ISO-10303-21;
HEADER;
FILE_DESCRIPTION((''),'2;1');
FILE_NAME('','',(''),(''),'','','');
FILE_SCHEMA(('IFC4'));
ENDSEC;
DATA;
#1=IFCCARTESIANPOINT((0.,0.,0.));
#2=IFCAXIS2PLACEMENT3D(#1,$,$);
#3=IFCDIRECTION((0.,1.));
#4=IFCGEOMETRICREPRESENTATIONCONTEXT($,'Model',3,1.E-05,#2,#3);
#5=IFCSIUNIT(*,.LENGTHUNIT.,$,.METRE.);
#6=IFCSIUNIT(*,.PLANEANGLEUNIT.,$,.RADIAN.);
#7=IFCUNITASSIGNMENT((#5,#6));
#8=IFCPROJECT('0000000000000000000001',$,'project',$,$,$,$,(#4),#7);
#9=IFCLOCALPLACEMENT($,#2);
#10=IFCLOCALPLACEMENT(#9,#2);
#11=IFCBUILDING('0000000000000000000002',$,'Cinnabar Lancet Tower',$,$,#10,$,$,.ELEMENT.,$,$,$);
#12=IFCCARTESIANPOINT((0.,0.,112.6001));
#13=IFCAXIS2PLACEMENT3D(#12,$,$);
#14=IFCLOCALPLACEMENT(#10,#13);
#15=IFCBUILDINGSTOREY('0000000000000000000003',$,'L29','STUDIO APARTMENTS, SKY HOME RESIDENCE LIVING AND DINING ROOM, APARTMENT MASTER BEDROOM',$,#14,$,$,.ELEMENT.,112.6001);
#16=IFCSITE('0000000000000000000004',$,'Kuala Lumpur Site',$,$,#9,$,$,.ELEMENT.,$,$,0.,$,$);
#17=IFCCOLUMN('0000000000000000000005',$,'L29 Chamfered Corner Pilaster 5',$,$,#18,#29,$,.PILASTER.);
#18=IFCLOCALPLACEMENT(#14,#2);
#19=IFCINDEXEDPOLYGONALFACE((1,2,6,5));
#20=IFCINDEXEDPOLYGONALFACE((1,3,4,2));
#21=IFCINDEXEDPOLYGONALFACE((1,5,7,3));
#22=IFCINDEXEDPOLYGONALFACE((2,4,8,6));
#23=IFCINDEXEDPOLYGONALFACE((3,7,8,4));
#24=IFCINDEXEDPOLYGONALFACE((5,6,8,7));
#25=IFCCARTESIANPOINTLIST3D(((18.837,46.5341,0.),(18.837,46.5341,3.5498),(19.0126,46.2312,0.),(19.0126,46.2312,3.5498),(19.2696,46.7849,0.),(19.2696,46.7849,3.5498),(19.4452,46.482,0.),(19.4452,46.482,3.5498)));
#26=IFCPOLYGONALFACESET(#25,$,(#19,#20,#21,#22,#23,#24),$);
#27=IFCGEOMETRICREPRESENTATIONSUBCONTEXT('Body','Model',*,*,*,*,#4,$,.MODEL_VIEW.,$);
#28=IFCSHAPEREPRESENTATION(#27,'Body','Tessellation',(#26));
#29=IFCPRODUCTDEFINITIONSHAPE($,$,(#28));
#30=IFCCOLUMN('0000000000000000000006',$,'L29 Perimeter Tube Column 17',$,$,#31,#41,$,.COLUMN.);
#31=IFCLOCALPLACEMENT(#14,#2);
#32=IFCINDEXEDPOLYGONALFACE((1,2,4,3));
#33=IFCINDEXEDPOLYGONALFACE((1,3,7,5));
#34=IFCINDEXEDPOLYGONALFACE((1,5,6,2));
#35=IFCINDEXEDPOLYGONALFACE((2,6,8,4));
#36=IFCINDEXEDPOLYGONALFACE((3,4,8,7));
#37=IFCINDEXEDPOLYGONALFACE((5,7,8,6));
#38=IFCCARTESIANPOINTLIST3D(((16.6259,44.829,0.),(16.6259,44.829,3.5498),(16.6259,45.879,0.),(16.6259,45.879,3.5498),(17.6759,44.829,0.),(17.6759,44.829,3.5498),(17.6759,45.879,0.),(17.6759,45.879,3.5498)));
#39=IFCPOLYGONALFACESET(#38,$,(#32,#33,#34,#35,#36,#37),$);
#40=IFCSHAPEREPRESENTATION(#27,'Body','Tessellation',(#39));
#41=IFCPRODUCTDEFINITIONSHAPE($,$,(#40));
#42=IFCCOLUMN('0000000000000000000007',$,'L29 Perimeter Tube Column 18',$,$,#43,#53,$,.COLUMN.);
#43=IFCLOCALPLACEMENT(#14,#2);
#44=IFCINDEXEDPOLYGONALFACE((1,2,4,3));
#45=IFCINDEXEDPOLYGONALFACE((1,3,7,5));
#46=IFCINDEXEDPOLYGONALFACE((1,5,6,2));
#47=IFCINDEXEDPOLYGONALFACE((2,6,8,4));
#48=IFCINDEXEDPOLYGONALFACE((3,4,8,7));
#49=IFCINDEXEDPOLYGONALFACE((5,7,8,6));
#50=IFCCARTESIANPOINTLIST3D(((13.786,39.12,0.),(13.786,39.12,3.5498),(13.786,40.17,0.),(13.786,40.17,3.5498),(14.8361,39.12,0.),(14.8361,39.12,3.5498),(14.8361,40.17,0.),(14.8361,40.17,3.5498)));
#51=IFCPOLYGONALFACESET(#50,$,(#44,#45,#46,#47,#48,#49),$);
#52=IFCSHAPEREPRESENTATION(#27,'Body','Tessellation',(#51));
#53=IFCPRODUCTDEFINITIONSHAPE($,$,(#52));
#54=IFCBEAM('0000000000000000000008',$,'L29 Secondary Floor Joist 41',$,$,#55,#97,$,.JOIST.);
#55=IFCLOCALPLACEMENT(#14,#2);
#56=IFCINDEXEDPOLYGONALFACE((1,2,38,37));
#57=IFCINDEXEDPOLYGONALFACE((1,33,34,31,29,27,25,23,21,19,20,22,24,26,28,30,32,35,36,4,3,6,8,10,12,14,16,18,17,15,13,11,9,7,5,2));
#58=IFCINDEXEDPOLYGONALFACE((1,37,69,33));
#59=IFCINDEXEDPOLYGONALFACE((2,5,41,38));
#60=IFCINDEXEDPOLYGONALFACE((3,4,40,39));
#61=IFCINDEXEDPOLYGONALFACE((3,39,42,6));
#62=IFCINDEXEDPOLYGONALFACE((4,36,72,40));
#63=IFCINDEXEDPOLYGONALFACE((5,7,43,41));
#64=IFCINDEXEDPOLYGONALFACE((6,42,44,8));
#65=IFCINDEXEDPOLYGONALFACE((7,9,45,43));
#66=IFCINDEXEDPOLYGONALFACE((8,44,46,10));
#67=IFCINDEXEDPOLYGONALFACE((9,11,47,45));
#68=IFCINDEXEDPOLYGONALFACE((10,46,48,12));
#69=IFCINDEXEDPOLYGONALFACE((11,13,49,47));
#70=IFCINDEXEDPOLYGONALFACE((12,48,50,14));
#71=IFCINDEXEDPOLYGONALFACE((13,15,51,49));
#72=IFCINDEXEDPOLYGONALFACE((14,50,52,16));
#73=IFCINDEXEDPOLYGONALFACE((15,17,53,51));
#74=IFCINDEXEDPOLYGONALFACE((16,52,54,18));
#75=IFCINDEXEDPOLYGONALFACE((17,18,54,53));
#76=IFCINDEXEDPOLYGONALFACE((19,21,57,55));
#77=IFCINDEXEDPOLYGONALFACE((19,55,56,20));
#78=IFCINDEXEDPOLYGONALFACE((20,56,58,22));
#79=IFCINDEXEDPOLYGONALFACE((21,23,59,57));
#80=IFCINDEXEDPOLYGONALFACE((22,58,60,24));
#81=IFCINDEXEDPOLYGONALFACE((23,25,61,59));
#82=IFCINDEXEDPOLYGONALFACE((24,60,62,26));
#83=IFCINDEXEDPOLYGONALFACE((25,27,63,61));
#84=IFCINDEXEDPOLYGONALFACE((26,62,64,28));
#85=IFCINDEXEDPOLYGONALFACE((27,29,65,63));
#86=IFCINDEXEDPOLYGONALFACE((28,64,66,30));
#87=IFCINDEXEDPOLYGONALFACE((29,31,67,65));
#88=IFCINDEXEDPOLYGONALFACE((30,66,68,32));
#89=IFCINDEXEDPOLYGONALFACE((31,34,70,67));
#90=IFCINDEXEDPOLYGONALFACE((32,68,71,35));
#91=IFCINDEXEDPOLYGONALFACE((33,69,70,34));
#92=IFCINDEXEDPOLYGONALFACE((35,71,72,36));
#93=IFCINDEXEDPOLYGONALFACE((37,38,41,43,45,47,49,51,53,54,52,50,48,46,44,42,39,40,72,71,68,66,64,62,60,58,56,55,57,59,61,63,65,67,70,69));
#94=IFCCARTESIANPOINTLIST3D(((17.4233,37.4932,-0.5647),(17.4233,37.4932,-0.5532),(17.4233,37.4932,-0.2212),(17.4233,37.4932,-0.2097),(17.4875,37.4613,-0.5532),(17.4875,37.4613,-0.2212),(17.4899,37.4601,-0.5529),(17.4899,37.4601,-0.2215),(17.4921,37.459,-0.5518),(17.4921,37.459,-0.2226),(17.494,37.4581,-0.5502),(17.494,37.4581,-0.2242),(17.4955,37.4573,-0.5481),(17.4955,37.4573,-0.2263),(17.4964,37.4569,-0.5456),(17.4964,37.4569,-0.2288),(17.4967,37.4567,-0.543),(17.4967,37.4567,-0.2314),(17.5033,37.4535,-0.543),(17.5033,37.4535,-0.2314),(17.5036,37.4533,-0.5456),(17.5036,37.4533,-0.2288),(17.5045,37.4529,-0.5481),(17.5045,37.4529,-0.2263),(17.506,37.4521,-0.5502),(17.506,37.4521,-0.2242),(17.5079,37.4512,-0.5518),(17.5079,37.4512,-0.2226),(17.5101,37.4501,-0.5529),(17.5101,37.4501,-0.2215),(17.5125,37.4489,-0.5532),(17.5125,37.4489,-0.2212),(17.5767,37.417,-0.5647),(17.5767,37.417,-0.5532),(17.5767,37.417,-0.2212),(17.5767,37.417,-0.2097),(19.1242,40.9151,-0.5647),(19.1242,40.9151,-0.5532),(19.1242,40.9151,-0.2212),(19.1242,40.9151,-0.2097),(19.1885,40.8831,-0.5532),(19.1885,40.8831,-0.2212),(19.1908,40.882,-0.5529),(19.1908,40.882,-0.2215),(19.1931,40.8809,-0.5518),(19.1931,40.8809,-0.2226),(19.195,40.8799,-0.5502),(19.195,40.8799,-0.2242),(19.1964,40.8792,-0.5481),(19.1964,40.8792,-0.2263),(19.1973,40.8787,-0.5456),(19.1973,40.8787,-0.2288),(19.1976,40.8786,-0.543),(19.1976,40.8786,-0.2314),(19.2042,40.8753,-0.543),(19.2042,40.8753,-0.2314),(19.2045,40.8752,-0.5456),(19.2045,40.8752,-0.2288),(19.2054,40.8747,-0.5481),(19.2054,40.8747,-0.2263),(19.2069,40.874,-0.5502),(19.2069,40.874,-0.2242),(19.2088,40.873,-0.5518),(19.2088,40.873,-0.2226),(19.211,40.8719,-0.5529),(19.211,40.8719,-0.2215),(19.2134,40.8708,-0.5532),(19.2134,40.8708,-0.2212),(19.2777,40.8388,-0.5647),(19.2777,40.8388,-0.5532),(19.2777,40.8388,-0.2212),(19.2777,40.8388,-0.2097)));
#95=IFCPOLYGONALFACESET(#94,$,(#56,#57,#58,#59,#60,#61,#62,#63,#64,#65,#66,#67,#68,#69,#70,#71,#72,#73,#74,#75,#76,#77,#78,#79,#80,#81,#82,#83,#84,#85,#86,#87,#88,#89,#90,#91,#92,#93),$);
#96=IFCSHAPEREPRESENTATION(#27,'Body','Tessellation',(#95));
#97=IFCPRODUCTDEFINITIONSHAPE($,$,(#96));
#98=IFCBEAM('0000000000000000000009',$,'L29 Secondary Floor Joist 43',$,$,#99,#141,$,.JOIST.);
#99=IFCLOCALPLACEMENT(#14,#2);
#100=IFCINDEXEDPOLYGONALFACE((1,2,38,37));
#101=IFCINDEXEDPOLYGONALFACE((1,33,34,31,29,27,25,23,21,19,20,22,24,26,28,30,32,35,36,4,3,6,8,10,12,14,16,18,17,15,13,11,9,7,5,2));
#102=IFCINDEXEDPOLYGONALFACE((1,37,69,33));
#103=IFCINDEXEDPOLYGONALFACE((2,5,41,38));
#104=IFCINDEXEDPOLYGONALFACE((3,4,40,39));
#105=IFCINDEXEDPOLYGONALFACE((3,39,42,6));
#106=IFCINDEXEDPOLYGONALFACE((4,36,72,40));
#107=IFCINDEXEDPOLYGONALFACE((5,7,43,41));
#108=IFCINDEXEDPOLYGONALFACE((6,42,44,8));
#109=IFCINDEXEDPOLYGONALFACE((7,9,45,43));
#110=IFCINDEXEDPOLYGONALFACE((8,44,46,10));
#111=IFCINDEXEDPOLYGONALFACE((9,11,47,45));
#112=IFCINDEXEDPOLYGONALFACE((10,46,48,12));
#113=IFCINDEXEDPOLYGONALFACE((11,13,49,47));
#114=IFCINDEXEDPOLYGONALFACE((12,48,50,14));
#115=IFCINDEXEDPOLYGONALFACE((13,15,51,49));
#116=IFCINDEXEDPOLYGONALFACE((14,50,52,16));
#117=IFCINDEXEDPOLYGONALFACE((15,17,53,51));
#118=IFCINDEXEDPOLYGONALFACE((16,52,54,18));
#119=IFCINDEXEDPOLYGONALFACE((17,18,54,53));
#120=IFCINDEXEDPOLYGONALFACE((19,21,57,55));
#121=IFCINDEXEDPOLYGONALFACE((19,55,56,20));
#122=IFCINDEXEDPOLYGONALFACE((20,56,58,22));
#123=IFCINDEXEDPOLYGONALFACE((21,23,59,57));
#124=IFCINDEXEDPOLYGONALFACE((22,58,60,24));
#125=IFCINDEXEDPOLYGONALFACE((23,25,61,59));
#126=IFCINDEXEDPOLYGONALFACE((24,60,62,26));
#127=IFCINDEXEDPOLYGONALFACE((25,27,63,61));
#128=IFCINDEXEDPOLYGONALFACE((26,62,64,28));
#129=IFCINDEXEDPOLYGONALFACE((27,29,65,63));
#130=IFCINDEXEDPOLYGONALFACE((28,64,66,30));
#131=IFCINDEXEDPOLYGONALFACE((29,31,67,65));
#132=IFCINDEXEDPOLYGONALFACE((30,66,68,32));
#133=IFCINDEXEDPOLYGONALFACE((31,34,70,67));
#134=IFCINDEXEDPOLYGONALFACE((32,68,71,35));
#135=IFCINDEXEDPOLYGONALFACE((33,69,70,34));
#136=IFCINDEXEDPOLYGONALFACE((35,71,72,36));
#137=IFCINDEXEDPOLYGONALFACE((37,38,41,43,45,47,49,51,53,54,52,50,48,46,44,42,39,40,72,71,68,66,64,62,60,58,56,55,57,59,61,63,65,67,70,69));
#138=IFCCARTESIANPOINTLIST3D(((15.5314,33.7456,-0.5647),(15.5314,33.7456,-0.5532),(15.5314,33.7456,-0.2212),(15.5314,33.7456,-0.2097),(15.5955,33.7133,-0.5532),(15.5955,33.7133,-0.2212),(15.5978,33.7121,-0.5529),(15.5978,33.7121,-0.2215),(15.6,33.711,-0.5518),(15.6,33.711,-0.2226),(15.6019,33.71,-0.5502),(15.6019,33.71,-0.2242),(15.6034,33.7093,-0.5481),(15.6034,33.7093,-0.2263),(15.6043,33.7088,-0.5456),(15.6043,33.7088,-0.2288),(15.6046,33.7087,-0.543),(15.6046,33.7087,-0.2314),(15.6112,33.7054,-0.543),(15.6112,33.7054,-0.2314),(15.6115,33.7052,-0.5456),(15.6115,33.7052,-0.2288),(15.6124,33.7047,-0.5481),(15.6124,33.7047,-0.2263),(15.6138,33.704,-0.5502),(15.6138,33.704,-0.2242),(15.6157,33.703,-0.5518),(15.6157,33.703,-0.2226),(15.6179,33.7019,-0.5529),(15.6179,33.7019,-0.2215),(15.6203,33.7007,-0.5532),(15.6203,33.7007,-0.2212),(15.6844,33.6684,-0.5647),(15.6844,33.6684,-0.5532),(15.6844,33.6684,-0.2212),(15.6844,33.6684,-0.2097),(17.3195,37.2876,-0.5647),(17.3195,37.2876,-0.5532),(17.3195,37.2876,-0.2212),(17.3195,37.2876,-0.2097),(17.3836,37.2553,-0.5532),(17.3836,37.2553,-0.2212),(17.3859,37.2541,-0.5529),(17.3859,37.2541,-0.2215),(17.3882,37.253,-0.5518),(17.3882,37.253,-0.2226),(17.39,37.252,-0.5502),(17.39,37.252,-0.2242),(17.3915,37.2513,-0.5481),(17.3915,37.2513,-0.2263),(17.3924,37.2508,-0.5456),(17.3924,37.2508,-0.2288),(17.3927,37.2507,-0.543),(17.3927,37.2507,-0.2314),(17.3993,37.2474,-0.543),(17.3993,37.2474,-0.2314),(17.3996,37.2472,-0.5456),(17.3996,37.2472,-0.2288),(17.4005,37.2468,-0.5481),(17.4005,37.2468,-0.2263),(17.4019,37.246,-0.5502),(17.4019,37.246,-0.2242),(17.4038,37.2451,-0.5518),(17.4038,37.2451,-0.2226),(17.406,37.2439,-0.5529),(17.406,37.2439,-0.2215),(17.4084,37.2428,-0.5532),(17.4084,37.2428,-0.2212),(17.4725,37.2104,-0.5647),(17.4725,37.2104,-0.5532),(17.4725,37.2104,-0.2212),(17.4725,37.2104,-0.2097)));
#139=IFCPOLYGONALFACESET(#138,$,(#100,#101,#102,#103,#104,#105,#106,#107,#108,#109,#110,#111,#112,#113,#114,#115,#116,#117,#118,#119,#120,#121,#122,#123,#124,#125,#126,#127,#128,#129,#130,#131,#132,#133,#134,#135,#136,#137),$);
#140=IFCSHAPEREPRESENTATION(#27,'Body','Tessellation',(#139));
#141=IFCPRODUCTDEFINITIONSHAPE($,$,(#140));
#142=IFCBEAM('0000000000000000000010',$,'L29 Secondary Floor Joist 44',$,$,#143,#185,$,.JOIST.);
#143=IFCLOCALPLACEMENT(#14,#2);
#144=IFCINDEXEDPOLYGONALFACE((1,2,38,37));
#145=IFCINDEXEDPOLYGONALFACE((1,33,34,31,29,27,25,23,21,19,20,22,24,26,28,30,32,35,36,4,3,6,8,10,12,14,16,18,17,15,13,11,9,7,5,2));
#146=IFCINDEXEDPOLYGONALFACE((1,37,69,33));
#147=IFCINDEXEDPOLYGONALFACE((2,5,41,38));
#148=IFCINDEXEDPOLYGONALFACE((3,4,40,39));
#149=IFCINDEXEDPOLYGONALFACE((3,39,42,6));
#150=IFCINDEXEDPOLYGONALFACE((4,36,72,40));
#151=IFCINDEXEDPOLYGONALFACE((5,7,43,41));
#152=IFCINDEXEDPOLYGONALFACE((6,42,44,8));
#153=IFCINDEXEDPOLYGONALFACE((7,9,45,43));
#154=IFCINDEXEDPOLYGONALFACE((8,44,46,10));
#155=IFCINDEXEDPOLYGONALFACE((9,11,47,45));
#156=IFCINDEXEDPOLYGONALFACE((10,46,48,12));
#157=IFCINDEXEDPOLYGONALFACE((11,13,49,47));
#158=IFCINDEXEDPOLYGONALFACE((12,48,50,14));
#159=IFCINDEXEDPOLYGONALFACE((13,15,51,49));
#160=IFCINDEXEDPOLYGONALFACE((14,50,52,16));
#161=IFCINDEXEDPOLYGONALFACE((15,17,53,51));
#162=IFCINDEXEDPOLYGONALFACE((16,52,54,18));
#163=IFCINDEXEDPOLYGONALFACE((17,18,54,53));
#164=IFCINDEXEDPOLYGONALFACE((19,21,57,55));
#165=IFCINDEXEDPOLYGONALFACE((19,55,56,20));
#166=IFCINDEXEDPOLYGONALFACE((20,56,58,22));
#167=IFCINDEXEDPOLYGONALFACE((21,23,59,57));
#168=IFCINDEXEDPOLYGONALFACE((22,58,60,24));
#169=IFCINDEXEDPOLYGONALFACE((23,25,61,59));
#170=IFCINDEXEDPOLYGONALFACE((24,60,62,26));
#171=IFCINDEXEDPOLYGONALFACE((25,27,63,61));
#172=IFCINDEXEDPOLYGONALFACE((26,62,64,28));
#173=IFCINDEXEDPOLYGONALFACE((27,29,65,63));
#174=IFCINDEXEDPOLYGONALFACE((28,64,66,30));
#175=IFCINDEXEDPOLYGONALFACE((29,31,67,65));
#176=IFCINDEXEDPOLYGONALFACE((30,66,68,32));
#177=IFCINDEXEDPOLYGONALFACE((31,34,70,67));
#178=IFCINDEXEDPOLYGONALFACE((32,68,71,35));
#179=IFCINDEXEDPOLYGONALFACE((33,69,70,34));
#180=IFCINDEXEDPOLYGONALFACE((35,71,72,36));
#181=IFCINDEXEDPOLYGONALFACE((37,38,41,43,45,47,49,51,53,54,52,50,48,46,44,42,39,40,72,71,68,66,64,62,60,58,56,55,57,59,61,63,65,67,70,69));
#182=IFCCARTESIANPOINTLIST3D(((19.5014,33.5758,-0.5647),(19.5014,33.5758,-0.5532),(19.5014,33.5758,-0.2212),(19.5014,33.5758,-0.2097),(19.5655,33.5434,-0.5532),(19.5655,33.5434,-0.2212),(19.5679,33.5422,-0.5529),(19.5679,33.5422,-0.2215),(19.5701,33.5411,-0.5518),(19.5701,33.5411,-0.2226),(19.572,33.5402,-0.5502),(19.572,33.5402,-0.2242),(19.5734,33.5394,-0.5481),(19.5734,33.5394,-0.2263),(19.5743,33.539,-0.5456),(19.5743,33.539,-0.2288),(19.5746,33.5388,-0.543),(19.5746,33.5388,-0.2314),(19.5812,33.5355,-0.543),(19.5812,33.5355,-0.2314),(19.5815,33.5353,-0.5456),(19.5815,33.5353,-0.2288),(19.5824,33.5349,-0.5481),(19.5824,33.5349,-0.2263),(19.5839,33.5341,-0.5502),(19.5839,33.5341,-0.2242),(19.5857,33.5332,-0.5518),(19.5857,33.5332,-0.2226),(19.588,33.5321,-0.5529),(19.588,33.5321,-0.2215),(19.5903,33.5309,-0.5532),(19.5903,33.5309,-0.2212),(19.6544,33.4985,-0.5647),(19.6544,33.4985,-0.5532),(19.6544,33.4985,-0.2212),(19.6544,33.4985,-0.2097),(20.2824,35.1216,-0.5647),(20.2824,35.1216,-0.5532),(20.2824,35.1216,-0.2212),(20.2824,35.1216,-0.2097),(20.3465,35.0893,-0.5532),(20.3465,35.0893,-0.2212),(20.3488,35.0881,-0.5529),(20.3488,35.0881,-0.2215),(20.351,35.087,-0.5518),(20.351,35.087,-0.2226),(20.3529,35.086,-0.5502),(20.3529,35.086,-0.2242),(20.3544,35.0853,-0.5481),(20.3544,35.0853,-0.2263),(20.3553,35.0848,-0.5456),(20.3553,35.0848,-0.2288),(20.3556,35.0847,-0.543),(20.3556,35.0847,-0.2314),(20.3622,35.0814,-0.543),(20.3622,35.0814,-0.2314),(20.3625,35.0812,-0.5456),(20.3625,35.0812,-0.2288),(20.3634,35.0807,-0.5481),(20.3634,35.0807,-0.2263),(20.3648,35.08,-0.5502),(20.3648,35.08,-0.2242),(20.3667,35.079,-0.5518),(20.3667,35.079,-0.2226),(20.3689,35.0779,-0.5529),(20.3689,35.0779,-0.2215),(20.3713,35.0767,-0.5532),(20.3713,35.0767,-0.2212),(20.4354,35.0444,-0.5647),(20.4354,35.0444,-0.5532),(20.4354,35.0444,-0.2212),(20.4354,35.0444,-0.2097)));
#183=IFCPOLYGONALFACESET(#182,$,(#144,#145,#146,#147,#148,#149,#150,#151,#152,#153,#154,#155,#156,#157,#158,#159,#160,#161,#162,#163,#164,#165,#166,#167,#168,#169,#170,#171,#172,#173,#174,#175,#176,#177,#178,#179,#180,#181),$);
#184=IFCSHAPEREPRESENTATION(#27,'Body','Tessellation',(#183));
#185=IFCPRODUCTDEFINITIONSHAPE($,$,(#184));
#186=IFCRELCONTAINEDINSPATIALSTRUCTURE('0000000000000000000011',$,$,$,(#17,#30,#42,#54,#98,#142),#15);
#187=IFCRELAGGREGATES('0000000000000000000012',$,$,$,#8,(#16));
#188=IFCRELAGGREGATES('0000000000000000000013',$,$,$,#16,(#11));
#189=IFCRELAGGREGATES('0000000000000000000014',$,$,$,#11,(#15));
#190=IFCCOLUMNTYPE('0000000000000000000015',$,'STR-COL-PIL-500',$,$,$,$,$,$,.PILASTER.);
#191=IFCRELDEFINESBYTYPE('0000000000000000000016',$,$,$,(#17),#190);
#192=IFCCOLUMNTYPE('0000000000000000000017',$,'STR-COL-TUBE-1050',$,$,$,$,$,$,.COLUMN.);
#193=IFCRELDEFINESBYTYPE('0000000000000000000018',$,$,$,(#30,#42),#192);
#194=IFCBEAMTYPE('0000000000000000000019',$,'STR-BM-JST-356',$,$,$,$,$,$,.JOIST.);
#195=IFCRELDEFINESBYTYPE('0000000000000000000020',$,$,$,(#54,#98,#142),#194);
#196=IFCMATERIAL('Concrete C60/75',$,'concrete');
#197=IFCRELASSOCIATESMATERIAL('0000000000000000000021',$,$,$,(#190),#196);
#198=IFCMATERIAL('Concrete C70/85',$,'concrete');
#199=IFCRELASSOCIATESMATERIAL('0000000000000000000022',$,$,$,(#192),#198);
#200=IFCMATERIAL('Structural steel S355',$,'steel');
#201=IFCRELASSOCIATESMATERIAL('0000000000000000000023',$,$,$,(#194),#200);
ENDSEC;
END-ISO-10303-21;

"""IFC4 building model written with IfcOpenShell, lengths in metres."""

from ifc_helpers import new_model, si_unit, direction, frame, origin, origin_2d, place, context, subcontext, project, spatial, rectangle, i_section, extrude, material, material_profile, profile_set, type_object, element, save


model = new_model("IFC4")

# Units and contexts
model_context = context("Model", 3, precision=1e-05, world=origin(), true_north=direction((0.0, 1.0)))
body_context = subcontext(model_context, "Body", "Model", "MODEL_VIEW")
ifc_project = project(units=[si_unit("LENGTHUNIT", "METRE"), si_unit("PLANEANGLEUNIT", "RADIAN")], contexts=[model_context])

# Site, building, storey
site_placement = place(None, origin())
site = spatial("IfcSite", under=ifc_project, at=site_placement, Name="Kuala Lumpur Site", CompositionType="ELEMENT", RefElevation=0.0)
building_placement = place(site_placement, origin())
building = spatial("IfcBuilding", under=site, at=building_placement, Name="Cinnabar Lancet Tower", CompositionType="ELEMENT")
storey_placement = place(building_placement, frame((0.0, 0.0, 112.6001)))
storey = spatial("IfcBuildingStorey", under=building, at=storey_placement, Name="L29", Description="STUDIO APARTMENTS, SKY HOME RESIDENCE LIVING AND DINING ROOM, APARTMENT MASTER BEDROOM", CompositionType="ELEMENT", Elevation=112.6001)

# Columns
ifc_material_1 = material(Name="Concrete C60/75", Category="concrete")
ifc_material_profile_1 = material_profile(ifc_material_1, rectangle(XDim=0.5, YDim=0.3501, at=origin_2d()), Name="RC-PIL 500x350")
ifc_profile_set_1 = profile_set([ifc_material_profile_1], Name="Concrete C60/75")
column_type_1 = type_object("IfcColumnType", Name="STR-COL-PIL-500", PredefinedType="PILASTER", material=ifc_profile_set_1)
column_placement = place(storey_placement, frame((19.1411, 46.5081, 0.0), z_axis=(0.0, 0.0, 1.0), x_axis=(-0.86516, -0.501496, 0.0)))
element("IfcColumn", 1, at=column_placement, inside=storey, type_object=column_type_1, Name="L29 Chamfered Corner Pilaster 5", PredefinedType="PILASTER", context=body_context, shape_type="SweptSolid", body=[
    extrude(rectangle(XDim=0.5, YDim=0.3501, at=origin_2d()), origin(), (0.0, 0.0, 1.0), 3.5498),
])
ifc_material_2 = material(Name="Concrete C70/85", Category="concrete")
ifc_material_profile_2 = material_profile(ifc_material_2, rectangle(XDim=1.05, YDim=1.05, at=origin_2d()), Name="RC-COL 1050x1050")
ifc_profile_set_2 = profile_set([ifc_material_profile_2], Name="Concrete C70/85")
column_type_2 = type_object("IfcColumnType", Name="STR-COL-TUBE-1050", PredefinedType="COLUMN", material=ifc_profile_set_2)
for number, where, z_axis, x_axis, name in (
    (2, (17.1509, 45.354, 0.0), (0.0, 0.0, 1.0), (1.0, 0.0, 0.0), "L29 Perimeter Tube Column 17"),
    (3, (14.311, 39.645, 0.0), (0.0, 0.0, 1.0), (1.0, 0.0, 0.0), "L29 Perimeter Tube Column 18"),
):
    element("IfcColumn", number, at=place(storey_placement, frame(where, z_axis=z_axis, x_axis=x_axis)), inside=storey, type_object=column_type_2, Name=name, PredefinedType="COLUMN", context=body_context, shape_type="SweptSolid", body=[
        extrude(rectangle(XDim=1.05, YDim=1.05, at=origin_2d()), origin(), (0.0, 0.0, 1.0), 3.5498),
    ])

# Beams
ifc_material_3 = material(Name="Structural steel S355", Category="steel")
ifc_material_profile_3 = material_profile(ifc_material_3, i_section(OverallWidth=0.1714, OverallDepth=0.355, WebThickness=0.0073, FlangeThickness=0.0115, FilletRadius=0.0103, at=origin_2d()), Name="UKB 356x171x51")
ifc_profile_set_3 = profile_set([ifc_material_profile_3], Name="Structural steel S355")
beam_type_1 = type_object("IfcBeamType", Name="STR-BM-JST-356", PredefinedType="JOIST", material=ifc_profile_set_3)
beam_1_placement = place(storey_placement, frame((19.2009, 40.877, -0.3872), z_axis=(-0.445117, -0.895473, 0.0), x_axis=(0.895473, -0.445117, 0.0)))
element("IfcBeam", 4, at=beam_1_placement, inside=storey, type_object=beam_type_1, Name="L29 Secondary Floor Joist 41", PredefinedType="JOIST", context=body_context, shape_type="SweptSolid", body=[
    extrude(i_section(OverallWidth=0.1714, OverallDepth=0.355, WebThickness=0.0073, FlangeThickness=0.0115, FilletRadius=0.0103, at=origin_2d()), origin(), (0.0, 0.0, 1.0), 3.8213),
])
beam_2_placement = place(storey_placement, frame((17.396, 37.249, -0.3872), z_axis=(-0.450656, -0.892698, 0.0), x_axis=(0.892698, -0.450656, 0.0)))
element("IfcBeam", 5, at=beam_2_placement, inside=storey, type_object=beam_type_1, Name="L29 Secondary Floor Joist 43", PredefinedType="JOIST", context=body_context, shape_type="SweptSolid", body=[
    extrude(i_section(OverallWidth=0.1714, OverallDepth=0.355, WebThickness=0.0073, FlangeThickness=0.0115, FilletRadius=0.0103, at=origin_2d()), origin(), (0.0, 0.0, 1.0), 3.9678),
])
beam_3_placement = place(storey_placement, frame((20.3589, 35.083, -0.3872), z_axis=(-0.450931, -0.892559, 0.0), x_axis=(0.892559, -0.450931, 0.0)))
element("IfcBeam", 6, at=beam_3_placement, inside=storey, type_object=beam_type_1, Name="L29 Secondary Floor Joist 44", PredefinedType="JOIST", context=body_context, shape_type="SweptSolid", body=[
    extrude(i_section(OverallWidth=0.1714, OverallDepth=0.355, WebThickness=0.0073, FlangeThickness=0.0115, FilletRadius=0.0103, at=origin_2d()), origin(), (0.0, 0.0, 1.0), 1.7319),
])

save(model, "model.ifc")
